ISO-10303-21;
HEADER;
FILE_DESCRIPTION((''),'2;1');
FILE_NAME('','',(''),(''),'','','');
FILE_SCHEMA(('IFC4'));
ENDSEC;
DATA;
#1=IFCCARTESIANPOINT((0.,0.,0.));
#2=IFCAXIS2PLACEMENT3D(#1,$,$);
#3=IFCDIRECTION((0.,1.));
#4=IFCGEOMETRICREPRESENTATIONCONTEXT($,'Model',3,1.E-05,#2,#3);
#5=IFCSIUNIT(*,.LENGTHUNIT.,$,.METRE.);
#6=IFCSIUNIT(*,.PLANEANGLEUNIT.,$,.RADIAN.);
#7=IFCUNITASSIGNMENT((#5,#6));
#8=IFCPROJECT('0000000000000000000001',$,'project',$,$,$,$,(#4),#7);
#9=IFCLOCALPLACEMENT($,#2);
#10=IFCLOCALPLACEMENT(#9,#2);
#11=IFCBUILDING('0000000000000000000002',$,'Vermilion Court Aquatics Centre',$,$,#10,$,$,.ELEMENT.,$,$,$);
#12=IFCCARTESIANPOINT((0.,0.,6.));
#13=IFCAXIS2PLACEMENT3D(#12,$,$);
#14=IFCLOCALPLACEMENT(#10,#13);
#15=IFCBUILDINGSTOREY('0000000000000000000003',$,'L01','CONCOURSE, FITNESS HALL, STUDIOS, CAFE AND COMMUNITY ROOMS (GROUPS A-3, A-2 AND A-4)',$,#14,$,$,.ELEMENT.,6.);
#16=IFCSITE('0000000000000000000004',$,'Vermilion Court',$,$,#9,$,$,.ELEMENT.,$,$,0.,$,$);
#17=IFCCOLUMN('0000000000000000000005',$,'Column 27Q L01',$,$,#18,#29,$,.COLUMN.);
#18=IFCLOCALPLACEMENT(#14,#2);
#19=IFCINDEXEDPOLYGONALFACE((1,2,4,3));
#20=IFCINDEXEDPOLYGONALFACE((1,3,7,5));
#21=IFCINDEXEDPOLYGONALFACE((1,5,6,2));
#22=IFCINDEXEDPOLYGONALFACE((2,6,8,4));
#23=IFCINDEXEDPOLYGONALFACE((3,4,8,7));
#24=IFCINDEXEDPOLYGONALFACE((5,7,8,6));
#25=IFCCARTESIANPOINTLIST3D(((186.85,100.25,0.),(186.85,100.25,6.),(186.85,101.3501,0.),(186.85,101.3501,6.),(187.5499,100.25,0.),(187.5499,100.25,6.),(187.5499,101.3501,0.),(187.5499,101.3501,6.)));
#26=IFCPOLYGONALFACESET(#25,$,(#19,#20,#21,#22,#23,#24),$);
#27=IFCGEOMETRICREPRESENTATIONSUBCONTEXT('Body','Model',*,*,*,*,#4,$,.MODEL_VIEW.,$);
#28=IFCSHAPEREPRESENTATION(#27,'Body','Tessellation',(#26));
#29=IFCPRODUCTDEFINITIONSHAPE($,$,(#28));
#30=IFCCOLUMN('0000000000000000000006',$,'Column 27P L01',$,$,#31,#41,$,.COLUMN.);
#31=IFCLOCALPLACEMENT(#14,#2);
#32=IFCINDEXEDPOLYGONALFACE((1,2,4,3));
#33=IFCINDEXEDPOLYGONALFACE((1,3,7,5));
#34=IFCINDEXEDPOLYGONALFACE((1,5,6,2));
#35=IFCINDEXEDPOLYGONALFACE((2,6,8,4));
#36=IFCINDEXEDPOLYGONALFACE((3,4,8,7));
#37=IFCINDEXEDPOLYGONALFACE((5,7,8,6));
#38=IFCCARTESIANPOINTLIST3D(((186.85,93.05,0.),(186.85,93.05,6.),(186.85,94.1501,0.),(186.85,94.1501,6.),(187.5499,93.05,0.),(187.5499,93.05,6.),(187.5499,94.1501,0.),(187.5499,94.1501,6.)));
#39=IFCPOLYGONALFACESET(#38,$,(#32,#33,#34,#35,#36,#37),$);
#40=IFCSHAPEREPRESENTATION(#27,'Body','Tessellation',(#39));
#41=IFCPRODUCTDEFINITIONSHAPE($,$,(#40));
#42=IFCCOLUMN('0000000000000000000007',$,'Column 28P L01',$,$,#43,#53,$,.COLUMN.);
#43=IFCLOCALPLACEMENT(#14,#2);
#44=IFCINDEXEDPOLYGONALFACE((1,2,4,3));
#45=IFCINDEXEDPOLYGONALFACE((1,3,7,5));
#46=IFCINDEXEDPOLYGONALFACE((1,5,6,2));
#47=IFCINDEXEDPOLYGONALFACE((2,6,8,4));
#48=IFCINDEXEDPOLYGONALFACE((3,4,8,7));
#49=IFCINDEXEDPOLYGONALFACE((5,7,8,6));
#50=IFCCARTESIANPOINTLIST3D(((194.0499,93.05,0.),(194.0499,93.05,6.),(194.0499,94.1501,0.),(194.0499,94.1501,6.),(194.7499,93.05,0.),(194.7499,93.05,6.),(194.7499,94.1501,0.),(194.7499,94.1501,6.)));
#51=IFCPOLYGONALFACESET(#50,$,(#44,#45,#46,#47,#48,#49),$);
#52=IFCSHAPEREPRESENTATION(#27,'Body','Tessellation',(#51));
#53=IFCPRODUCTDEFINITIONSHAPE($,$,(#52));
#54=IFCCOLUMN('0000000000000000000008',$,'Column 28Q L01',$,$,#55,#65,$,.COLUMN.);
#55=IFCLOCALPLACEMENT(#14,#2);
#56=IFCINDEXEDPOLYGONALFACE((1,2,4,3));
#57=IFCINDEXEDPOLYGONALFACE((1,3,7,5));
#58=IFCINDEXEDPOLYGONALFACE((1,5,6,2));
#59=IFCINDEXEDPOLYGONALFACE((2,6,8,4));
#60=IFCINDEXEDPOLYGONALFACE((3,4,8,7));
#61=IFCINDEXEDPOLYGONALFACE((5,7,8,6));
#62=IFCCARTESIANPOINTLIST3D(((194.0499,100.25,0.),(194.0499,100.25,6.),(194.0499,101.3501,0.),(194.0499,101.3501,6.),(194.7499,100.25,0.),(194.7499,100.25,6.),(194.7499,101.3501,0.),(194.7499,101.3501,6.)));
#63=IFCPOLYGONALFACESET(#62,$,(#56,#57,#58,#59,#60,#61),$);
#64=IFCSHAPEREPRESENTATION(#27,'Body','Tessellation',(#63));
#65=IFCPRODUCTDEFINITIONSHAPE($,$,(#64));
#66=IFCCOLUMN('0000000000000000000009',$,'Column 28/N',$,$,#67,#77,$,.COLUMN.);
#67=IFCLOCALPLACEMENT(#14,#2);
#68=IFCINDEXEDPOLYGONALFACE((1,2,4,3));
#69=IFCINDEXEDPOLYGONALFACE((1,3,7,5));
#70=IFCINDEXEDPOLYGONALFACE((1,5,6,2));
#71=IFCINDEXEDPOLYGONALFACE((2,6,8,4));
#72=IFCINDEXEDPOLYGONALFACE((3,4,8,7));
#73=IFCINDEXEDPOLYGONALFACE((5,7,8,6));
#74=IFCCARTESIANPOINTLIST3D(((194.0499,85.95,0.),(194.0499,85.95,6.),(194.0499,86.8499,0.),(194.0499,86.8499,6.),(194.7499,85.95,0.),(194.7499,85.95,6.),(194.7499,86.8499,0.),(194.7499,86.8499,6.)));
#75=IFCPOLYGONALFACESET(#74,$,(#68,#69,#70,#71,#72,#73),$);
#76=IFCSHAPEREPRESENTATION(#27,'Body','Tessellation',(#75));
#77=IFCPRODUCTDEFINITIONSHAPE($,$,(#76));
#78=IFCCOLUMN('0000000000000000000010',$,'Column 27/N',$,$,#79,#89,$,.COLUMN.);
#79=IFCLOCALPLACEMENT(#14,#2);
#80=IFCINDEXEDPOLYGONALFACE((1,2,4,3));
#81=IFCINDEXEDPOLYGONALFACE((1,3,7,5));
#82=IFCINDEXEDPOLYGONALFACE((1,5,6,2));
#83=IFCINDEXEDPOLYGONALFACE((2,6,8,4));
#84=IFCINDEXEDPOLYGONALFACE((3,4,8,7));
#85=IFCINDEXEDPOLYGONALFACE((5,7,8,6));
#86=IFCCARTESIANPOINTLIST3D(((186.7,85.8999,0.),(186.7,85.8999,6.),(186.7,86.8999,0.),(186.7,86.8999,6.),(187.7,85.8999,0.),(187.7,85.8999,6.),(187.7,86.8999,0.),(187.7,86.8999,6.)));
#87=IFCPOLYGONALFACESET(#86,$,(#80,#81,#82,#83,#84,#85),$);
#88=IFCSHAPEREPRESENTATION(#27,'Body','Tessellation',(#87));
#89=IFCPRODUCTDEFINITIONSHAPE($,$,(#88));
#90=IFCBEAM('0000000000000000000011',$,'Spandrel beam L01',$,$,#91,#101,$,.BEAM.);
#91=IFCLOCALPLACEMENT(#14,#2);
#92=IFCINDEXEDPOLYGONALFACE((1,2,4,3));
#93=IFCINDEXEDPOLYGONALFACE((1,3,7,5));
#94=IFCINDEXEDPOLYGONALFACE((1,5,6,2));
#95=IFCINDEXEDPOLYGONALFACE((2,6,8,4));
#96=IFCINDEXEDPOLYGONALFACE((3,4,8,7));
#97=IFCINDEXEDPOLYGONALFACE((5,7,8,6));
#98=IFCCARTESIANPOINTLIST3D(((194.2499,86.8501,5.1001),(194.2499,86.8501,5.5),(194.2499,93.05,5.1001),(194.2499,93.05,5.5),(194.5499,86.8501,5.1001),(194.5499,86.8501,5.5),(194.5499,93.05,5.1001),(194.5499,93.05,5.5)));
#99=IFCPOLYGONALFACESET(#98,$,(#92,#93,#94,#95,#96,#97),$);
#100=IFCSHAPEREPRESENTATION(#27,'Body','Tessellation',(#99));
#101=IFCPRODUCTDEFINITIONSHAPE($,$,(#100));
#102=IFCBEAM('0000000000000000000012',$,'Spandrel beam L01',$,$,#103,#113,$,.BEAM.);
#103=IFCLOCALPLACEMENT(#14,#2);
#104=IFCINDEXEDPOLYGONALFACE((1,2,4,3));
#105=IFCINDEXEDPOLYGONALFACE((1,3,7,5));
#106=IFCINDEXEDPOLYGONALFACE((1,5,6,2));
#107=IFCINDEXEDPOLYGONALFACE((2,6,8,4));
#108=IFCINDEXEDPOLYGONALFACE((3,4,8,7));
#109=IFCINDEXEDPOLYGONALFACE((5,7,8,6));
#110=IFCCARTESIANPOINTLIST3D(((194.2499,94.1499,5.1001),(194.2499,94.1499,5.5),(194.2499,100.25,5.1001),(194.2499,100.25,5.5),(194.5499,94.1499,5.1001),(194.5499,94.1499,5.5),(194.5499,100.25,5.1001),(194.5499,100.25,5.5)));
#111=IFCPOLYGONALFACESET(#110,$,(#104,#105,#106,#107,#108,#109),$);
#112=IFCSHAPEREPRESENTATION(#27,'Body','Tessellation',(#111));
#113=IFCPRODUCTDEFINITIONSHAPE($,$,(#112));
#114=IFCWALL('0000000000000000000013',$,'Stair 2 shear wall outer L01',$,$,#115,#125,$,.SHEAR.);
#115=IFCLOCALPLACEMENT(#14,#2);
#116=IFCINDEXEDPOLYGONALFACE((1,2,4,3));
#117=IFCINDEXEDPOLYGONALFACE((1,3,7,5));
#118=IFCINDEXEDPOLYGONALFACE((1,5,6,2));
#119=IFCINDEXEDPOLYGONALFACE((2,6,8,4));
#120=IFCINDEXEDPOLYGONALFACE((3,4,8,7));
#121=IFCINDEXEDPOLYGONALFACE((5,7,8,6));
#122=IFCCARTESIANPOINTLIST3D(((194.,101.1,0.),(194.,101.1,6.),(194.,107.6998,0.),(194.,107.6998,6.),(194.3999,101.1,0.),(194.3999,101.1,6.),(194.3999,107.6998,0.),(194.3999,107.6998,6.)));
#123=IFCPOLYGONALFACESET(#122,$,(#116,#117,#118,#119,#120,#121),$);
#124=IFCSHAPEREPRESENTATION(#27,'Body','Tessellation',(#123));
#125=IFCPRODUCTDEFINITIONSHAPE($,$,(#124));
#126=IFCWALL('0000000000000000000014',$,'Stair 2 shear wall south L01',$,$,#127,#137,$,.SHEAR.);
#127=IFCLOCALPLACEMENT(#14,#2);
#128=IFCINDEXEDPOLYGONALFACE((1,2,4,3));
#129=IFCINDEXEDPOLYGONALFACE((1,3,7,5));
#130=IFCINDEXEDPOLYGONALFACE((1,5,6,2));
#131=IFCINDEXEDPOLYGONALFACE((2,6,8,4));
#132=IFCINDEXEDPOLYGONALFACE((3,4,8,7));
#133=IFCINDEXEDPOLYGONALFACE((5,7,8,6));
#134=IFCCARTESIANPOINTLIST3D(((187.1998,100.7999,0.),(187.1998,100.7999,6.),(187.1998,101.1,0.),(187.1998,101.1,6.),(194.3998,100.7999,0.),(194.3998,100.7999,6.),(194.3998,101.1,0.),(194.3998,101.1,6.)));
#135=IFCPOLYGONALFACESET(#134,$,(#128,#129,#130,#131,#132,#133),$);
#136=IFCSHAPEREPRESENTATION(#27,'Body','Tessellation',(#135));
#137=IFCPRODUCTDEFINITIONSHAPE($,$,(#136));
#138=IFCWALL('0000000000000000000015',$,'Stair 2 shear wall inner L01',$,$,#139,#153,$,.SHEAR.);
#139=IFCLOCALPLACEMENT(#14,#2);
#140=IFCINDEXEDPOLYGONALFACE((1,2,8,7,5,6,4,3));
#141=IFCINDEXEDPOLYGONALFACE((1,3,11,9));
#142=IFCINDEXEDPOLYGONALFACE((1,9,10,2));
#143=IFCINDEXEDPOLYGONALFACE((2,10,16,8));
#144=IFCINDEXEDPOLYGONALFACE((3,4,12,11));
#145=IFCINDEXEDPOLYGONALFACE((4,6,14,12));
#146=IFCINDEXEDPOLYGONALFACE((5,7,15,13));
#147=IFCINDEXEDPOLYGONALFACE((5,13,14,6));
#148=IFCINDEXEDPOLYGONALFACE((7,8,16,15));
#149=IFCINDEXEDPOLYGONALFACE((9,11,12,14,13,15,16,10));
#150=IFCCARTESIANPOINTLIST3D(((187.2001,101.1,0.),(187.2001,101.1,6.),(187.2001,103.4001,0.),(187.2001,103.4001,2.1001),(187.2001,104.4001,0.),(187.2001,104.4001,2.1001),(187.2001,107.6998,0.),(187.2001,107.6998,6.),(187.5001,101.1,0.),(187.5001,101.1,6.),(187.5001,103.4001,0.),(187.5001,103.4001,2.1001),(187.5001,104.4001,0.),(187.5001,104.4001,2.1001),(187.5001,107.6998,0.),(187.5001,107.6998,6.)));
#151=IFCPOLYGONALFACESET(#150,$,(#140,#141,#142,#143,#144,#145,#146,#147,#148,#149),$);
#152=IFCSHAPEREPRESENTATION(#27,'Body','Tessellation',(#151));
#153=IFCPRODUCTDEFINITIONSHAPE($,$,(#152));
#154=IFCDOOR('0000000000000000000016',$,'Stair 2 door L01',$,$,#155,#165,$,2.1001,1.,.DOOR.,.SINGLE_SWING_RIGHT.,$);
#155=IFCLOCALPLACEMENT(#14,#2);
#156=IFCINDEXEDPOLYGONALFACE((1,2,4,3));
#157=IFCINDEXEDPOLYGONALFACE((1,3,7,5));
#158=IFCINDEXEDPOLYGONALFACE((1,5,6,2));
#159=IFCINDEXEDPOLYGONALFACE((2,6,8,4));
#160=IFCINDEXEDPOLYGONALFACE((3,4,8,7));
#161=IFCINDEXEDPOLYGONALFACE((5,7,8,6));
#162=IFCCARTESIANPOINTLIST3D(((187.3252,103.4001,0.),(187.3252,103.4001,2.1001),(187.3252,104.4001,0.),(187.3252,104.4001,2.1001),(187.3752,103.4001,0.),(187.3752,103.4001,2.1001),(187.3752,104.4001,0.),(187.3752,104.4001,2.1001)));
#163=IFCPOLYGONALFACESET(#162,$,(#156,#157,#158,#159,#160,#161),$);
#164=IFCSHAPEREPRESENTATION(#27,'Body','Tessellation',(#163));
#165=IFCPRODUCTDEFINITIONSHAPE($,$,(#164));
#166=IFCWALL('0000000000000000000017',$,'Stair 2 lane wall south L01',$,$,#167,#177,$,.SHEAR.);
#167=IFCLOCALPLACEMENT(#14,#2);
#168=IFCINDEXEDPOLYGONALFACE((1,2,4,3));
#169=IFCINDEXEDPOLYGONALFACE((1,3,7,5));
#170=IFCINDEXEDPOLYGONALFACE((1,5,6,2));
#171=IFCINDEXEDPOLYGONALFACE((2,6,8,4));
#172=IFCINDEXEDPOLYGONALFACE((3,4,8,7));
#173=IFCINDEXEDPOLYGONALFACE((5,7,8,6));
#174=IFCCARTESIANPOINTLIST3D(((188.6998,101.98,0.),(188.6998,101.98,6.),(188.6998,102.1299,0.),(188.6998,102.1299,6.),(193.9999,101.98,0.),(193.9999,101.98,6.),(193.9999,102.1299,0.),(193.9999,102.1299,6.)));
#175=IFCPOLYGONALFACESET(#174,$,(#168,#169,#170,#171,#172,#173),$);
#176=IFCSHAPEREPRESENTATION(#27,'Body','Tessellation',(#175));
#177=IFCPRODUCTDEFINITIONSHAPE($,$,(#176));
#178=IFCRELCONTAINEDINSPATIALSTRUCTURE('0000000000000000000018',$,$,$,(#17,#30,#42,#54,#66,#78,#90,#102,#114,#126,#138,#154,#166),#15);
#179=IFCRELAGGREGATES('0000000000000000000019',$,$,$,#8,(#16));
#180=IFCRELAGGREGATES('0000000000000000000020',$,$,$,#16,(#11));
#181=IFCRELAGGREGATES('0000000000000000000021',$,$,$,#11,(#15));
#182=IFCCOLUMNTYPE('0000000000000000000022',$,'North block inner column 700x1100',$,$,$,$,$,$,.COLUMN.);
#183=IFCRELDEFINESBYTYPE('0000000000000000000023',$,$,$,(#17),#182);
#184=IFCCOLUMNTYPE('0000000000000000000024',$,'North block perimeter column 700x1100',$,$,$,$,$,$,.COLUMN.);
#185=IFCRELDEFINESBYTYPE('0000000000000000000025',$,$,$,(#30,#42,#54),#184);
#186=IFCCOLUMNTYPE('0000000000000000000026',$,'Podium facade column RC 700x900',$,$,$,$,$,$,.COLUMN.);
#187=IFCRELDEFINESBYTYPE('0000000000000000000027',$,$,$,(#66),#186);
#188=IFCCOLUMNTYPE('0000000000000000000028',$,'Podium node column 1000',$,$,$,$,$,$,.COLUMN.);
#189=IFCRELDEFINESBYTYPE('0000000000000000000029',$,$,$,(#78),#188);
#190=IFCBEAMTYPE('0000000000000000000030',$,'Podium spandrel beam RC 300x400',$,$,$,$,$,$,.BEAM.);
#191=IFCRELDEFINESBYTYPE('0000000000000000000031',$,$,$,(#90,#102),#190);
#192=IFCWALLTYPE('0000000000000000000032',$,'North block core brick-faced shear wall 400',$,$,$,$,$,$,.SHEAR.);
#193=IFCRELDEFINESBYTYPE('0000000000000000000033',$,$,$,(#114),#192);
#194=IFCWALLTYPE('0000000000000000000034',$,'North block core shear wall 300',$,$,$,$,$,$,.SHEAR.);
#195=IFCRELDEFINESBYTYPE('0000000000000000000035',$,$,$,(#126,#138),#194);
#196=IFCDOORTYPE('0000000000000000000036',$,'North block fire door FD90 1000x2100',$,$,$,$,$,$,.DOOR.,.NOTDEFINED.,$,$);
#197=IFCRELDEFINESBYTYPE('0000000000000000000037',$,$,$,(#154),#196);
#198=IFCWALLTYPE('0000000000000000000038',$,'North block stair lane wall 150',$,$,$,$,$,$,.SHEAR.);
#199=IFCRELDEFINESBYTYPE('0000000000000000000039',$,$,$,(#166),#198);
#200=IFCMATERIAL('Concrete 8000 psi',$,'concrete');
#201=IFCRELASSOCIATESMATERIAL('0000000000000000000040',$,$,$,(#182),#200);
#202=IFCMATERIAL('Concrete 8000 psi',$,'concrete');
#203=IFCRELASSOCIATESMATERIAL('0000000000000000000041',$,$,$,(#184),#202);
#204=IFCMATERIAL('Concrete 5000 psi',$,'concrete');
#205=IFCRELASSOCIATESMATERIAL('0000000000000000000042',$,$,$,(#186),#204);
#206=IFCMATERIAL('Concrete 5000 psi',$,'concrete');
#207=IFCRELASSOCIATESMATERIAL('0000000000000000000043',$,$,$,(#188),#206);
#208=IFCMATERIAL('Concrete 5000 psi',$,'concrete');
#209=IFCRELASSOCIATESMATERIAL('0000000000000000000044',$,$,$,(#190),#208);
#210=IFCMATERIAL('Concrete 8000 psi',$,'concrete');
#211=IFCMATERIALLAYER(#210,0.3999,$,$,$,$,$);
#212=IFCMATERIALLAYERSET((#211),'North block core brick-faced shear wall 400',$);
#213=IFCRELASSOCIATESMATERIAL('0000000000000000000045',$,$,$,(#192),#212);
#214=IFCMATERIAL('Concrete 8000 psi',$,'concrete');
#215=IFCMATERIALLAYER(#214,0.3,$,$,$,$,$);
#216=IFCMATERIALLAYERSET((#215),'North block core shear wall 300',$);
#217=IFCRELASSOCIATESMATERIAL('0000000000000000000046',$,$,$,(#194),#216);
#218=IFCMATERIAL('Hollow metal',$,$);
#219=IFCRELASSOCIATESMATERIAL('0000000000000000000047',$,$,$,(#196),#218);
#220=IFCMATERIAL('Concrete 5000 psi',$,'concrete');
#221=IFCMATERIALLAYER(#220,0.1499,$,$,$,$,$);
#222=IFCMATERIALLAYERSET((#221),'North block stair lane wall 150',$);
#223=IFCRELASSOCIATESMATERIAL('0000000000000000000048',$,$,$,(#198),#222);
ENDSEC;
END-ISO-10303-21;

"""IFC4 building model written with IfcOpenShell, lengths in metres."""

from ifc_helpers import new_model, si_unit, direction, frame, frame_2d, origin, origin_2d, place, context, subcontext, project, spatial, rectangle, extrude, material, layer, layer_set, material_profile, profile_set, type_object, element, fill, save


model = new_model("IFC4")

# Units and contexts
model_context = context("Model", 3, precision=1e-05, world=origin(), true_north=direction((0.0, 1.0)))
body_context = subcontext(model_context, "Body", "Model", "MODEL_VIEW")
ifc_project = project(units=[si_unit("LENGTHUNIT", "METRE"), si_unit("PLANEANGLEUNIT", "RADIAN")], contexts=[model_context])

# Site, building, storey
site_placement = place(None, origin())
site = spatial("IfcSite", under=ifc_project, at=site_placement, Name="Vermilion Court", CompositionType="ELEMENT", RefElevation=0.0)
building_placement = place(site_placement, origin())
building = spatial("IfcBuilding", under=site, at=building_placement, Name="Vermilion Court Aquatics Centre", CompositionType="ELEMENT")
storey_placement = place(building_placement, frame((0.0, 0.0, 6.0)))
storey = spatial("IfcBuildingStorey", under=building, at=storey_placement, Name="L01", Description="CONCOURSE, FITNESS HALL, STUDIOS, CAFE AND COMMUNITY ROOMS (GROUPS A-3, A-2 AND A-4)", CompositionType="ELEMENT", Elevation=6.0)

# Columns
ifc_material_1 = material(Name="Concrete 8000 psi", Category="concrete")
ifc_material_profile_1 = material_profile(ifc_material_1, rectangle(XDim=0.7, YDim=1.1001, at=origin_2d()), Name="RC 700x1100")
ifc_profile_set_1 = profile_set([ifc_material_profile_1], Name="Concrete 8000 psi")
column_type_1 = type_object("IfcColumnType", Name="North block inner column 700x1100", PredefinedType="COLUMN", material=ifc_profile_set_1)
column_1_placement = place(storey_placement, frame((187.2, 100.8, 0.0), z_axis=(0.0, 0.0, 1.0), x_axis=(1.0, 0.0, 0.0)))
element("IfcColumn", 1, at=column_1_placement, inside=storey, type_object=column_type_1, Name="Column 27Q L01", PredefinedType="COLUMN", context=body_context, shape_type="SweptSolid", body=[
    extrude(rectangle(XDim=0.7, YDim=1.1001, at=origin_2d()), origin(), (0.0, 0.0, 1.0), 6.0),
])
ifc_material_2 = material(Name="Concrete 8000 psi", Category="concrete")
ifc_material_profile_2 = material_profile(ifc_material_2, rectangle(XDim=0.7, YDim=1.1001, at=origin_2d()), Name="RC 700x1100")
ifc_profile_set_2 = profile_set([ifc_material_profile_2], Name="Concrete 8000 psi")
column_type_2 = type_object("IfcColumnType", Name="North block perimeter column 700x1100", PredefinedType="COLUMN", material=ifc_profile_set_2)
for number, where, z_axis, x_axis, name in (
    (2, (187.2, 93.6001, 0.0), (0.0, 0.0, 1.0), (1.0, 0.0, 0.0), "Column 27P L01"),
    (3, (194.3999, 93.6001, 0.0), (0.0, 0.0, 1.0), (1.0, 0.0, 0.0), "Column 28P L01"),
    (4, (194.3999, 100.8, 0.0), (0.0, 0.0, 1.0), (1.0, 0.0, 0.0), "Column 28Q L01"),
):
    element("IfcColumn", number, at=place(storey_placement, frame(where, z_axis=z_axis, x_axis=x_axis)), inside=storey, type_object=column_type_2, Name=name, PredefinedType="COLUMN", context=body_context, shape_type="SweptSolid", body=[
        extrude(rectangle(XDim=0.7, YDim=1.1001, at=origin_2d()), origin(), (0.0, 0.0, 1.0), 6.0),
    ])
ifc_material_3 = material(Name="Concrete 5000 psi", Category="concrete")
ifc_material_profile_3 = material_profile(ifc_material_3, rectangle(XDim=0.7, YDim=0.8999, at=origin_2d()), Name="RC 700x900")
ifc_profile_set_3 = profile_set([ifc_material_profile_3], Name="Concrete 5000 psi")
column_type_3 = type_object("IfcColumnType", Name="Podium facade column RC 700x900", PredefinedType="COLUMN", material=ifc_profile_set_3)
column_2_placement = place(storey_placement, frame((194.3999, 86.3999, 0.0), z_axis=(0.0, 0.0, 1.0), x_axis=(1.0, 0.0, 0.0)))
element("IfcColumn", 5, at=column_2_placement, inside=storey, type_object=column_type_3, Name="Column 28/N", PredefinedType="COLUMN", context=body_context, shape_type="SweptSolid", body=[
    extrude(rectangle(XDim=0.7, YDim=0.8999, at=origin_2d()), origin(), (0.0, 0.0, 1.0), 6.0),
])
ifc_material_4 = material(Name="Concrete 5000 psi", Category="concrete")
ifc_material_profile_4 = material_profile(ifc_material_4, rectangle(XDim=1.0, YDim=1.0, at=origin_2d()), Name="RC 1000x1000")
ifc_profile_set_4 = profile_set([ifc_material_profile_4], Name="Concrete 5000 psi")
column_type_4 = type_object("IfcColumnType", Name="Podium node column 1000", PredefinedType="COLUMN", material=ifc_profile_set_4)
column_3_placement = place(storey_placement, frame((187.2, 86.3999, 0.0), z_axis=(0.0, 0.0, 1.0), x_axis=(1.0, 0.0, 0.0)))
element("IfcColumn", 6, at=column_3_placement, inside=storey, type_object=column_type_4, Name="Column 27/N", PredefinedType="COLUMN", context=body_context, shape_type="SweptSolid", body=[
    extrude(rectangle(XDim=1.0, YDim=1.0, at=origin_2d()), origin(), (0.0, 0.0, 1.0), 6.0),
])

# Beams
ifc_material_5 = material(Name="Concrete 5000 psi", Category="concrete")
ifc_material_profile_5 = material_profile(ifc_material_5, rectangle(XDim=0.3, YDim=0.3999, at=origin_2d()), Name="RC 300x400")
ifc_profile_set_5 = profile_set([ifc_material_profile_5], Name="Concrete 5000 psi")
beam_type = type_object("IfcBeamType", Name="Podium spandrel beam RC 300x400", PredefinedType="BEAM", material=ifc_profile_set_5)
beam_1_placement = place(storey_placement, frame((194.3999, 86.8501, 5.3), z_axis=(0.0, 1.0, 0.0), x_axis=(-1.0, 0.0, 0.0)))
element("IfcBeam", 7, at=beam_1_placement, inside=storey, type_object=beam_type, Name="Spandrel beam L01", PredefinedType="BEAM", context=body_context, shape_type="SweptSolid", body=[
    extrude(rectangle(XDim=0.3, YDim=0.3999, at=origin_2d()), origin(), (0.0, 0.0, 1.0), 6.2),
])
beam_2_placement = place(storey_placement, frame((194.3999, 94.1499, 5.3), z_axis=(0.0, 1.0, 0.0), x_axis=(-1.0, 0.0, 0.0)))
element("IfcBeam", 8, at=beam_2_placement, inside=storey, type_object=beam_type, Name="Spandrel beam L01", PredefinedType="BEAM", context=body_context, shape_type="SweptSolid", body=[
    extrude(rectangle(XDim=0.3, YDim=0.3999, at=origin_2d()), origin(), (0.0, 0.0, 1.0), 6.1001),
])

# Walls
ifc_material_6 = material(Name="Concrete 8000 psi", Category="concrete")
ifc_layer_1 = layer(ifc_material_6, 0.3999)
ifc_layer_set_1 = layer_set([ifc_layer_1], Name="North block core brick-faced shear wall 400")
wall_type_1 = type_object("IfcWallType", Name="North block core brick-faced shear wall 400", PredefinedType="SHEAR", material=ifc_layer_set_1)
wall_1_placement = place(storey_placement, frame((194.2, 101.1001, 0.0), z_axis=(0.0, 0.0, 1.0), x_axis=(0.0, 1.0, 0.0)))
element("IfcWall", 9, at=wall_1_placement, inside=storey, type_object=wall_type_1, Name="Stair 2 shear wall outer L01", PredefinedType="SHEAR", context=body_context, shape_type="SweptSolid", body=[
    extrude(rectangle(XDim=6.5999, YDim=0.3999, at=frame_2d((3.2998, 0.0))), origin(), (0.0, 0.0, 1.0), 6.0),
])
ifc_material_7 = material(Name="Concrete 8000 psi", Category="concrete")
ifc_layer_2 = layer(ifc_material_7, 0.3)
ifc_layer_set_2 = layer_set([ifc_layer_2], Name="North block core shear wall 300")
wall_type_2 = type_object("IfcWallType", Name="North block core shear wall 300", PredefinedType="SHEAR", material=ifc_layer_set_2)
wall_2_placement = place(storey_placement, frame((194.3999, 100.95, 0.0), z_axis=(0.0, 0.0, 1.0), x_axis=(-1.0, 0.0, 0.0)))
element("IfcWall", 10, at=wall_2_placement, inside=storey, type_object=wall_type_2, Name="Stair 2 shear wall south L01", PredefinedType="SHEAR", context=body_context, shape_type="SweptSolid", body=[
    extrude(rectangle(XDim=7.2, YDim=0.3, at=frame_2d((3.6001, 0.0))), origin(), (0.0, 0.0, 1.0), 6.0),
])

# Wall, opening, door
wall_3_placement = place(storey_placement, frame((187.3501, 101.1001, 0.0), z_axis=(0.0, 0.0, 1.0), x_axis=(0.0, 1.0, 0.0)))
wall_3 = element("IfcWall", 11, at=wall_3_placement, inside=storey, type_object=wall_type_2, Name="Stair 2 shear wall inner L01", PredefinedType="SHEAR", context=body_context, shape_type="SweptSolid", body=[
    extrude(rectangle(XDim=6.5999, YDim=0.3, at=frame_2d((3.2998, 0.0))), origin(), (0.0, 0.0, 1.0), 6.0),
])
opening_1_placement = place(wall_3_placement, frame((2.3, 0.0, 0.0)))
opening_1 = element("IfcOpeningElement", 12, at=opening_1_placement, cuts=wall_3, PredefinedType="OPENING", context=body_context, shape_type="SweptSolid", body=[
    extrude(rectangle(XDim=1.0, YDim=2.1001, at=frame_2d((0.5, 1.05))), frame((0.0, 0.1599, 0.0), z_axis=(0.0, -1.0, 0.0), x_axis=(1.0, 0.0, 0.0)), (0.0, 0.0, 1.0), 0.3201),
])
ifc_material_8 = material(Name="Hollow metal")
door_type_1 = type_object("IfcDoorType", Name="North block fire door FD90 1000x2100", OperationType="NOTDEFINED", PredefinedType="DOOR", material=ifc_material_8)
door_1_placement = place(opening_1_placement, frame((1.0, 0.0, 0.0), z_axis=(0.0, 0.0, 1.0), x_axis=(-1.0, 0.0, 0.0)))
door_1 = element("IfcDoor", 13, at=door_1_placement, inside=storey, type_object=door_type_1, Name="Stair 2 door L01", OperationType="SINGLE_SWING_RIGHT", OverallHeight=2.1001, OverallWidth=1.0, PredefinedType="DOOR", context=body_context, shape_type="SweptSolid", body=[
    extrude(rectangle(XDim=1.0, YDim=2.1001, at=frame_2d((0.5, 1.05))), frame((0.0, 0.0251, 0.0), z_axis=(0.0, -1.0, 0.0), x_axis=(1.0, 0.0, 0.0)), (0.0, 0.0, 1.0), 0.05),
])
fill(opening_1, door_1)

# Wall
ifc_material_9 = material(Name="Concrete 5000 psi", Category="concrete")
ifc_layer_3 = layer(ifc_material_9, 0.1499)
ifc_layer_set_3 = layer_set([ifc_layer_3], Name="North block stair lane wall 150")
wall_type_3 = type_object("IfcWallType", Name="North block stair lane wall 150", PredefinedType="SHEAR", material=ifc_layer_set_3)
wall_4_placement = place(storey_placement, frame((188.7, 102.0549, 0.0), z_axis=(0.0, 0.0, 1.0), x_axis=(1.0, 0.0, 0.0)))
element("IfcWall", 14, at=wall_4_placement, inside=storey, type_object=wall_type_3, Name="Stair 2 lane wall south L01", PredefinedType="SHEAR", context=body_context, shape_type="SweptSolid", body=[
    extrude(rectangle(XDim=5.3, YDim=0.1499, at=frame_2d((2.6499, 0.0))), origin(), (0.0, 0.0, 1.0), 6.0),
])

save(model, "model.ifc")
